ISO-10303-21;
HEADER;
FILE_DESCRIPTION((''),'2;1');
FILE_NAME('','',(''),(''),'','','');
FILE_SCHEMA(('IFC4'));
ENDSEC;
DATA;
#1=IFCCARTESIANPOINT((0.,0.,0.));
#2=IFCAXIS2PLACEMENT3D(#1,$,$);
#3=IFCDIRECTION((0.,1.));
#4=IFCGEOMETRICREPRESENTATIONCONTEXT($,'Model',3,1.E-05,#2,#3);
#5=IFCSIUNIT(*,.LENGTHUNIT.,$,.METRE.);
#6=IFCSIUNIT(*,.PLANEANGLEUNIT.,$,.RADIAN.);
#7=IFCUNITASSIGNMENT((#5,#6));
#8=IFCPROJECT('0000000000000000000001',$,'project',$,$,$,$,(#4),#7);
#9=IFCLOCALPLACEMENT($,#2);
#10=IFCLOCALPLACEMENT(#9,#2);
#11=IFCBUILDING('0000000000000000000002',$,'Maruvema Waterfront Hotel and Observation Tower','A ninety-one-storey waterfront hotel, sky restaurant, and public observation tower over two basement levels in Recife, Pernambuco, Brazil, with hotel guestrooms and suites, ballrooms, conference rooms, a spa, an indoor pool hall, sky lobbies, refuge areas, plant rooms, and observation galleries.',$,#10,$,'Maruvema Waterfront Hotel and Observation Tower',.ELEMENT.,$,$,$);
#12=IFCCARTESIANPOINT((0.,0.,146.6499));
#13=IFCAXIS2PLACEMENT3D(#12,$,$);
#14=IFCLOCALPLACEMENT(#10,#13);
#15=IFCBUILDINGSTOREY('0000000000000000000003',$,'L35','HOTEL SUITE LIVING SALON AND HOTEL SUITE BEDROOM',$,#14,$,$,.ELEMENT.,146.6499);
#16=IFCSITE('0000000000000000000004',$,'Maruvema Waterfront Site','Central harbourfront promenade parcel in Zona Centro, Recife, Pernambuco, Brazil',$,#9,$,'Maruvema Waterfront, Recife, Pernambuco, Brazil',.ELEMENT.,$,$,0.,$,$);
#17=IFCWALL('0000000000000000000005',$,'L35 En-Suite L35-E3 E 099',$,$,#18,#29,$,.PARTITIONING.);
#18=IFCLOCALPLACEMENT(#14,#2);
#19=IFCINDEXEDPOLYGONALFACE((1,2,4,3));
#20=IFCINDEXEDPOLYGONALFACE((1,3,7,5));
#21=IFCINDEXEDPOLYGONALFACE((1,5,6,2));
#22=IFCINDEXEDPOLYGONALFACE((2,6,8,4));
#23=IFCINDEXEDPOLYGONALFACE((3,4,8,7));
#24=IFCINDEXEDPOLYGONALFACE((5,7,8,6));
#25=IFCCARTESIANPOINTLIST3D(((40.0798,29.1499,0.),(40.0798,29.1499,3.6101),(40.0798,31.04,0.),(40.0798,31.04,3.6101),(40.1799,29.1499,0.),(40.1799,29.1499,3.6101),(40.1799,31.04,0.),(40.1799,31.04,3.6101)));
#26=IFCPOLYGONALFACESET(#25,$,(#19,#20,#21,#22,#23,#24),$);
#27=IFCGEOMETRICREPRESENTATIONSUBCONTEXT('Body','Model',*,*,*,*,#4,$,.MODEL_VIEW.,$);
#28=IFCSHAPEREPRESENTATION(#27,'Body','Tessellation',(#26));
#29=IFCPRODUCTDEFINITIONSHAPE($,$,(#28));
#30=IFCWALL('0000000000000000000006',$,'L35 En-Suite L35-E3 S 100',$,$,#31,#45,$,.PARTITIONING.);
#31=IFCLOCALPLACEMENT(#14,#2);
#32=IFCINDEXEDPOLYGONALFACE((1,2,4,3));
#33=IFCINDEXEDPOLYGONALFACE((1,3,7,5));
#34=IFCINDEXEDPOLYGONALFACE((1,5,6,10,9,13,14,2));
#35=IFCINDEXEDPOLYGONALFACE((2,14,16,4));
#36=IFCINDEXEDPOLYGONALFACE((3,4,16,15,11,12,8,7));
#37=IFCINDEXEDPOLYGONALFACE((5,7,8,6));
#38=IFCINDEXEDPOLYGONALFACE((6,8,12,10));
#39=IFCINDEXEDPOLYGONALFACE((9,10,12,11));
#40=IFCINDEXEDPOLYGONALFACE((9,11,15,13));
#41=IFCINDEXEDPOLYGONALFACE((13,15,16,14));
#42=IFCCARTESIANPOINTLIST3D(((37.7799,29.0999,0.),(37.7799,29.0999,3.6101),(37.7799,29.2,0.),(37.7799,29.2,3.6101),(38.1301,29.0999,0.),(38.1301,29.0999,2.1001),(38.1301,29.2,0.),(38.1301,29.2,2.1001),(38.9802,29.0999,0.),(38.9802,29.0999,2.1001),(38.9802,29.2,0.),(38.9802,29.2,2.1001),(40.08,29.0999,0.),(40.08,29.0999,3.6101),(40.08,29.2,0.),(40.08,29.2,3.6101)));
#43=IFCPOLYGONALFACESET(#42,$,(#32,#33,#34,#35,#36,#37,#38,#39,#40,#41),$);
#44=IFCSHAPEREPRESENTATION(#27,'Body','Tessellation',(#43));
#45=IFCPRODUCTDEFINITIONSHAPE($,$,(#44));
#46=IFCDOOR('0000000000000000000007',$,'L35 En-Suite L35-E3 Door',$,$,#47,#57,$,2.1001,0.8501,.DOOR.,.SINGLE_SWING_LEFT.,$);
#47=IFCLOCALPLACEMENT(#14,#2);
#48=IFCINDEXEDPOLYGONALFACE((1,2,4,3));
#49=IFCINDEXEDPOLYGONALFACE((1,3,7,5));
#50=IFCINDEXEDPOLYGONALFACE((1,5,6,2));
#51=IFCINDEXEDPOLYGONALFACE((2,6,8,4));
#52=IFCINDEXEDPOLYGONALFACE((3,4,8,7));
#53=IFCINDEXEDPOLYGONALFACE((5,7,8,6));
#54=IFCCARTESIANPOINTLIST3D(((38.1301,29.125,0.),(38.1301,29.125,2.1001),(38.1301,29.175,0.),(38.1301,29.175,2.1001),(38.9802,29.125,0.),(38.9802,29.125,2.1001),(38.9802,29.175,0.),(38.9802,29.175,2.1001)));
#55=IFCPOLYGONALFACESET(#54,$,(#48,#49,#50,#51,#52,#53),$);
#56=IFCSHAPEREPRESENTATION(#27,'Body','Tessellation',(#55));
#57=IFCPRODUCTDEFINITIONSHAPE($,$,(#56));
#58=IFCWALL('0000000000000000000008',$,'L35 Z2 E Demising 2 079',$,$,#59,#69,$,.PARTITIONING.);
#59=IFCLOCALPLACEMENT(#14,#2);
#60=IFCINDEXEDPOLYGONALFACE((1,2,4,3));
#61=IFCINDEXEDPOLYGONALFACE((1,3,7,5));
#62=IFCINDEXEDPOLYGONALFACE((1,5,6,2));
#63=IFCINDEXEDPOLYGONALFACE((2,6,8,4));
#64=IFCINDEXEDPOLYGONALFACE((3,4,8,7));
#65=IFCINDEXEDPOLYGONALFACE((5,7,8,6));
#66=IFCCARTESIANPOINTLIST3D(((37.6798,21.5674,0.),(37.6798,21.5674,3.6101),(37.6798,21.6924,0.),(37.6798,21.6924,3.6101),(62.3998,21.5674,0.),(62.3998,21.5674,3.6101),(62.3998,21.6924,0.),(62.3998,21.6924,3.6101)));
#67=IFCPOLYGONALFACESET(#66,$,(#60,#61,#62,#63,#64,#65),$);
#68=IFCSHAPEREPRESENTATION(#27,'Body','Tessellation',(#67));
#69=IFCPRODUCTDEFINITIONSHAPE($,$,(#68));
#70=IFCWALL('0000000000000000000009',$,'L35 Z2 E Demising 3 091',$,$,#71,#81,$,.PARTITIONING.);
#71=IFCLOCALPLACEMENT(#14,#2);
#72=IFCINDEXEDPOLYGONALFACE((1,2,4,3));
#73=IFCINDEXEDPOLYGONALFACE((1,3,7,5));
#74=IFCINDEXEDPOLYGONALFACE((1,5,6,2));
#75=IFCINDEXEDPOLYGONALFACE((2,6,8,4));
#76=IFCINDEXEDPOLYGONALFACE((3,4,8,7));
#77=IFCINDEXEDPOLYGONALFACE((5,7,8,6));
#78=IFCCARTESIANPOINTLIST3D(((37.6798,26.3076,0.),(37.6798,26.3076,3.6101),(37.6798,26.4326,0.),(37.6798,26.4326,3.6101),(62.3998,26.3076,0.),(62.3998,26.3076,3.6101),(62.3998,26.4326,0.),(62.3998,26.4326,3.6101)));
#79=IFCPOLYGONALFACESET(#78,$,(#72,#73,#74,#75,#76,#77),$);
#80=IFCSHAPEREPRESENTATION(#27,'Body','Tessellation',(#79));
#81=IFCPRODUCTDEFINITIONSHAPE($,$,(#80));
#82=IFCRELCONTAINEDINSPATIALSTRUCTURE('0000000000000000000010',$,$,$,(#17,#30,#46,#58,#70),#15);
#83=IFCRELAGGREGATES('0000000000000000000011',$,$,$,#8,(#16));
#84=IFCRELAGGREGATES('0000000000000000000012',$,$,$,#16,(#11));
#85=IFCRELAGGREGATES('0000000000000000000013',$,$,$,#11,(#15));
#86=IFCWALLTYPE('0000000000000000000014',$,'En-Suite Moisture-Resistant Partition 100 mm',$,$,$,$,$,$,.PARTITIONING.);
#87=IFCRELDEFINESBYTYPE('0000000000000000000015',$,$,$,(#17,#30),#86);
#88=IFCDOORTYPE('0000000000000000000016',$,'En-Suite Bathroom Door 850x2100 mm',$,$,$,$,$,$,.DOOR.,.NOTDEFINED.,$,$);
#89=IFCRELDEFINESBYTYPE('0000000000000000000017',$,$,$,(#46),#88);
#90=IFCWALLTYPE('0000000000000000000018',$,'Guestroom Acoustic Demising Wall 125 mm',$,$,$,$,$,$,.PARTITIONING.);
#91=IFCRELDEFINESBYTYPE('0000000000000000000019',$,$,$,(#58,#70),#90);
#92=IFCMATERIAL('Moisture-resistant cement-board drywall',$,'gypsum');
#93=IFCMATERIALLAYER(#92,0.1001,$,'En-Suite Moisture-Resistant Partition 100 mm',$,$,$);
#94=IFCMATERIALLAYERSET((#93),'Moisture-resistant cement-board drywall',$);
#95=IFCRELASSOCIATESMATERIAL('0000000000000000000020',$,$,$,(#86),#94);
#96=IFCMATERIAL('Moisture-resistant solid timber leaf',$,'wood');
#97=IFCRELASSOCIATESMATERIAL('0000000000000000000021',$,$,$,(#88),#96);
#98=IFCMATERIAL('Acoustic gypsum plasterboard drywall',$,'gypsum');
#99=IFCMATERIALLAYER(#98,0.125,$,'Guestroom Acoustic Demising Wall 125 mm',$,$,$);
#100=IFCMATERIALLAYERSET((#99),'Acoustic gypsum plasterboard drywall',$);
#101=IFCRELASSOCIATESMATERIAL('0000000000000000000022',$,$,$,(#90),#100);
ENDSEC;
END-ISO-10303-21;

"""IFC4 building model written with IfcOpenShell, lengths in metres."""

from ifc_helpers import new_model, si_unit, direction, frame, frame_2d, origin, place, context, subcontext, project, spatial, rectangle, extrude, material, layer, layer_set, type_object, element, fill, save


model = new_model("IFC4")

# Units and contexts
model_context = context("Model", 3, precision=1e-05, world=origin(), true_north=direction((0.0, 1.0)))
body_context = subcontext(model_context, "Body", "Model", "MODEL_VIEW")
ifc_project = project(units=[si_unit("LENGTHUNIT", "METRE"), si_unit("PLANEANGLEUNIT", "RADIAN")], contexts=[model_context])

# Site, building, storey
site_placement = place(None, origin())
site = spatial("IfcSite", under=ifc_project, at=site_placement, Name="Maruvema Waterfront Site", Description="Central harbourfront promenade parcel in Zona Centro, Recife, Pernambuco, Brazil", LongName="Maruvema Waterfront, Recife, Pernambuco, Brazil", CompositionType="ELEMENT", RefElevation=0.0)
building_placement = place(site_placement, origin())
building = spatial("IfcBuilding", under=site, at=building_placement, Name="Maruvema Waterfront Hotel and Observation Tower", Description="A ninety-one-storey waterfront hotel, sky restaurant, and public observation tower over two basement levels in Recife, Pernambuco, Brazil, with hotel guestrooms and suites, ballrooms, conference rooms, a spa, an indoor pool hall, sky lobbies, refuge areas, plant rooms, and observation galleries.", LongName="Maruvema Waterfront Hotel and Observation Tower", CompositionType="ELEMENT")
storey_placement = place(building_placement, frame((0.0, 0.0, 146.6499)))
storey = spatial("IfcBuildingStorey", under=building, at=storey_placement, Name="L35", Description="HOTEL SUITE LIVING SALON AND HOTEL SUITE BEDROOM", CompositionType="ELEMENT", Elevation=146.6499)

# Shared definitions
ifc_material_1 = material(Name="Moisture-resistant cement-board drywall", Category="gypsum")
ifc_layer_1 = layer(ifc_material_1, 0.1001, Name="En-Suite Moisture-Resistant Partition 100 mm")
ifc_layer_set_1 = layer_set([ifc_layer_1], Name="Moisture-resistant cement-board drywall")
wall_type_1 = type_object("IfcWallType", Name="En-Suite Moisture-Resistant Partition 100 mm", PredefinedType="PARTITIONING", material=ifc_layer_set_1)

# Shared definitions
ifc_material_2 = material(Name="Moisture-resistant solid timber leaf", Category="wood")
door_type_1 = type_object("IfcDoorType", Name="En-Suite Bathroom Door 850x2100 mm", OperationType="NOTDEFINED", PredefinedType="DOOR", material=ifc_material_2)

# Wall
wall_1_placement = place(storey_placement, frame((40.1299, 29.1499, 0.0), z_axis=(0.0, 0.0, 1.0), x_axis=(0.0, 1.0, 0.0)))
element("IfcWall", 1, at=wall_1_placement, inside=storey, type_object=wall_type_1, Name="L35 En-Suite L35-E3 E 099", PredefinedType="PARTITIONING", context=body_context, shape_type="SweptSolid", body=[
    extrude(rectangle(XDim=1.8901, YDim=0.1001, at=frame_2d((0.9451, 0.0))), origin(), (0.0, 0.0, 1.0), 3.6101),
])

# Wall, opening, door
wall_2_placement = place(storey_placement, frame((37.78, 29.1499, 0.0), z_axis=(0.0, 0.0, 1.0), x_axis=(1.0, 0.0, 0.0)))
wall_2 = element("IfcWall", 2, at=wall_2_placement, inside=storey, type_object=wall_type_1, Name="L35 En-Suite L35-E3 S 100", PredefinedType="PARTITIONING", context=body_context, shape_type="SweptSolid", body=[
    extrude(rectangle(XDim=2.3, YDim=0.1001, at=frame_2d((1.1499, 0.0))), origin(), (0.0, 0.0, 1.0), 3.6101),
])
opening_1_placement = place(wall_2_placement, frame((0.3501, 0.0, 0.0)))
opening_1 = element("IfcOpeningElement", 3, at=opening_1_placement, cuts=wall_2, PredefinedType="OPENING", context=body_context, shape_type="SweptSolid", body=[
    extrude(rectangle(XDim=0.8501, YDim=2.1001, at=frame_2d((0.425, 1.05))), frame((0.0, 0.0601, 0.0), z_axis=(0.0, -1.0, 0.0), x_axis=(1.0, 0.0, 0.0)), (0.0, 0.0, 1.0), 0.1201),
])
door_1_placement = place(opening_1_placement, frame((0.8501, 0.0, 0.0), z_axis=(0.0, 0.0, 1.0), x_axis=(-1.0, 0.0, 0.0)))
door_1 = element("IfcDoor", 4, at=door_1_placement, inside=storey, type_object=door_type_1, Name="L35 En-Suite L35-E3 Door", OperationType="SINGLE_SWING_LEFT", OverallHeight=2.1001, OverallWidth=0.8501, PredefinedType="DOOR", context=body_context, shape_type="SweptSolid", body=[
    extrude(rectangle(XDim=0.8501, YDim=2.1001, at=frame_2d((0.425, 1.05))), frame((0.0, 0.0249, 0.0), z_axis=(0.0, -1.0, 0.0), x_axis=(1.0, 0.0, 0.0)), (0.0, 0.0, 1.0), 0.05),
])
fill(opening_1, door_1)

# Walls
ifc_material_3 = material(Name="Acoustic gypsum plasterboard drywall", Category="gypsum")
ifc_layer_2 = layer(ifc_material_3, 0.125, Name="Guestroom Acoustic Demising Wall 125 mm")
ifc_layer_set_2 = layer_set([ifc_layer_2], Name="Acoustic gypsum plasterboard drywall")
wall_type_2 = type_object("IfcWallType", Name="Guestroom Acoustic Demising Wall 125 mm", PredefinedType="PARTITIONING", material=ifc_layer_set_2)
for number, where, z_axis, x_axis, name in (
    (5, (37.6799, 21.6299, 0.0), (0.0, 0.0, 1.0), (1.0, 0.0, 0.0), "L35 Z2 E Demising 2 079"),
    (6, (37.6799, 26.3701, 0.0), (0.0, 0.0, 1.0), (1.0, 0.0, 0.0), "L35 Z2 E Demising 3 091"),
):
    element("IfcWall", number, at=place(storey_placement, frame(where, z_axis=z_axis, x_axis=x_axis)), inside=storey, type_object=wall_type_2, Name=name, PredefinedType="PARTITIONING", context=body_context, shape_type="SweptSolid", body=[
        extrude(rectangle(XDim=24.72, YDim=0.125, at=frame_2d((12.3599, 0.0))), origin(), (0.0, 0.0, 1.0), 3.6101),
    ])

save(model, "model.ifc")
